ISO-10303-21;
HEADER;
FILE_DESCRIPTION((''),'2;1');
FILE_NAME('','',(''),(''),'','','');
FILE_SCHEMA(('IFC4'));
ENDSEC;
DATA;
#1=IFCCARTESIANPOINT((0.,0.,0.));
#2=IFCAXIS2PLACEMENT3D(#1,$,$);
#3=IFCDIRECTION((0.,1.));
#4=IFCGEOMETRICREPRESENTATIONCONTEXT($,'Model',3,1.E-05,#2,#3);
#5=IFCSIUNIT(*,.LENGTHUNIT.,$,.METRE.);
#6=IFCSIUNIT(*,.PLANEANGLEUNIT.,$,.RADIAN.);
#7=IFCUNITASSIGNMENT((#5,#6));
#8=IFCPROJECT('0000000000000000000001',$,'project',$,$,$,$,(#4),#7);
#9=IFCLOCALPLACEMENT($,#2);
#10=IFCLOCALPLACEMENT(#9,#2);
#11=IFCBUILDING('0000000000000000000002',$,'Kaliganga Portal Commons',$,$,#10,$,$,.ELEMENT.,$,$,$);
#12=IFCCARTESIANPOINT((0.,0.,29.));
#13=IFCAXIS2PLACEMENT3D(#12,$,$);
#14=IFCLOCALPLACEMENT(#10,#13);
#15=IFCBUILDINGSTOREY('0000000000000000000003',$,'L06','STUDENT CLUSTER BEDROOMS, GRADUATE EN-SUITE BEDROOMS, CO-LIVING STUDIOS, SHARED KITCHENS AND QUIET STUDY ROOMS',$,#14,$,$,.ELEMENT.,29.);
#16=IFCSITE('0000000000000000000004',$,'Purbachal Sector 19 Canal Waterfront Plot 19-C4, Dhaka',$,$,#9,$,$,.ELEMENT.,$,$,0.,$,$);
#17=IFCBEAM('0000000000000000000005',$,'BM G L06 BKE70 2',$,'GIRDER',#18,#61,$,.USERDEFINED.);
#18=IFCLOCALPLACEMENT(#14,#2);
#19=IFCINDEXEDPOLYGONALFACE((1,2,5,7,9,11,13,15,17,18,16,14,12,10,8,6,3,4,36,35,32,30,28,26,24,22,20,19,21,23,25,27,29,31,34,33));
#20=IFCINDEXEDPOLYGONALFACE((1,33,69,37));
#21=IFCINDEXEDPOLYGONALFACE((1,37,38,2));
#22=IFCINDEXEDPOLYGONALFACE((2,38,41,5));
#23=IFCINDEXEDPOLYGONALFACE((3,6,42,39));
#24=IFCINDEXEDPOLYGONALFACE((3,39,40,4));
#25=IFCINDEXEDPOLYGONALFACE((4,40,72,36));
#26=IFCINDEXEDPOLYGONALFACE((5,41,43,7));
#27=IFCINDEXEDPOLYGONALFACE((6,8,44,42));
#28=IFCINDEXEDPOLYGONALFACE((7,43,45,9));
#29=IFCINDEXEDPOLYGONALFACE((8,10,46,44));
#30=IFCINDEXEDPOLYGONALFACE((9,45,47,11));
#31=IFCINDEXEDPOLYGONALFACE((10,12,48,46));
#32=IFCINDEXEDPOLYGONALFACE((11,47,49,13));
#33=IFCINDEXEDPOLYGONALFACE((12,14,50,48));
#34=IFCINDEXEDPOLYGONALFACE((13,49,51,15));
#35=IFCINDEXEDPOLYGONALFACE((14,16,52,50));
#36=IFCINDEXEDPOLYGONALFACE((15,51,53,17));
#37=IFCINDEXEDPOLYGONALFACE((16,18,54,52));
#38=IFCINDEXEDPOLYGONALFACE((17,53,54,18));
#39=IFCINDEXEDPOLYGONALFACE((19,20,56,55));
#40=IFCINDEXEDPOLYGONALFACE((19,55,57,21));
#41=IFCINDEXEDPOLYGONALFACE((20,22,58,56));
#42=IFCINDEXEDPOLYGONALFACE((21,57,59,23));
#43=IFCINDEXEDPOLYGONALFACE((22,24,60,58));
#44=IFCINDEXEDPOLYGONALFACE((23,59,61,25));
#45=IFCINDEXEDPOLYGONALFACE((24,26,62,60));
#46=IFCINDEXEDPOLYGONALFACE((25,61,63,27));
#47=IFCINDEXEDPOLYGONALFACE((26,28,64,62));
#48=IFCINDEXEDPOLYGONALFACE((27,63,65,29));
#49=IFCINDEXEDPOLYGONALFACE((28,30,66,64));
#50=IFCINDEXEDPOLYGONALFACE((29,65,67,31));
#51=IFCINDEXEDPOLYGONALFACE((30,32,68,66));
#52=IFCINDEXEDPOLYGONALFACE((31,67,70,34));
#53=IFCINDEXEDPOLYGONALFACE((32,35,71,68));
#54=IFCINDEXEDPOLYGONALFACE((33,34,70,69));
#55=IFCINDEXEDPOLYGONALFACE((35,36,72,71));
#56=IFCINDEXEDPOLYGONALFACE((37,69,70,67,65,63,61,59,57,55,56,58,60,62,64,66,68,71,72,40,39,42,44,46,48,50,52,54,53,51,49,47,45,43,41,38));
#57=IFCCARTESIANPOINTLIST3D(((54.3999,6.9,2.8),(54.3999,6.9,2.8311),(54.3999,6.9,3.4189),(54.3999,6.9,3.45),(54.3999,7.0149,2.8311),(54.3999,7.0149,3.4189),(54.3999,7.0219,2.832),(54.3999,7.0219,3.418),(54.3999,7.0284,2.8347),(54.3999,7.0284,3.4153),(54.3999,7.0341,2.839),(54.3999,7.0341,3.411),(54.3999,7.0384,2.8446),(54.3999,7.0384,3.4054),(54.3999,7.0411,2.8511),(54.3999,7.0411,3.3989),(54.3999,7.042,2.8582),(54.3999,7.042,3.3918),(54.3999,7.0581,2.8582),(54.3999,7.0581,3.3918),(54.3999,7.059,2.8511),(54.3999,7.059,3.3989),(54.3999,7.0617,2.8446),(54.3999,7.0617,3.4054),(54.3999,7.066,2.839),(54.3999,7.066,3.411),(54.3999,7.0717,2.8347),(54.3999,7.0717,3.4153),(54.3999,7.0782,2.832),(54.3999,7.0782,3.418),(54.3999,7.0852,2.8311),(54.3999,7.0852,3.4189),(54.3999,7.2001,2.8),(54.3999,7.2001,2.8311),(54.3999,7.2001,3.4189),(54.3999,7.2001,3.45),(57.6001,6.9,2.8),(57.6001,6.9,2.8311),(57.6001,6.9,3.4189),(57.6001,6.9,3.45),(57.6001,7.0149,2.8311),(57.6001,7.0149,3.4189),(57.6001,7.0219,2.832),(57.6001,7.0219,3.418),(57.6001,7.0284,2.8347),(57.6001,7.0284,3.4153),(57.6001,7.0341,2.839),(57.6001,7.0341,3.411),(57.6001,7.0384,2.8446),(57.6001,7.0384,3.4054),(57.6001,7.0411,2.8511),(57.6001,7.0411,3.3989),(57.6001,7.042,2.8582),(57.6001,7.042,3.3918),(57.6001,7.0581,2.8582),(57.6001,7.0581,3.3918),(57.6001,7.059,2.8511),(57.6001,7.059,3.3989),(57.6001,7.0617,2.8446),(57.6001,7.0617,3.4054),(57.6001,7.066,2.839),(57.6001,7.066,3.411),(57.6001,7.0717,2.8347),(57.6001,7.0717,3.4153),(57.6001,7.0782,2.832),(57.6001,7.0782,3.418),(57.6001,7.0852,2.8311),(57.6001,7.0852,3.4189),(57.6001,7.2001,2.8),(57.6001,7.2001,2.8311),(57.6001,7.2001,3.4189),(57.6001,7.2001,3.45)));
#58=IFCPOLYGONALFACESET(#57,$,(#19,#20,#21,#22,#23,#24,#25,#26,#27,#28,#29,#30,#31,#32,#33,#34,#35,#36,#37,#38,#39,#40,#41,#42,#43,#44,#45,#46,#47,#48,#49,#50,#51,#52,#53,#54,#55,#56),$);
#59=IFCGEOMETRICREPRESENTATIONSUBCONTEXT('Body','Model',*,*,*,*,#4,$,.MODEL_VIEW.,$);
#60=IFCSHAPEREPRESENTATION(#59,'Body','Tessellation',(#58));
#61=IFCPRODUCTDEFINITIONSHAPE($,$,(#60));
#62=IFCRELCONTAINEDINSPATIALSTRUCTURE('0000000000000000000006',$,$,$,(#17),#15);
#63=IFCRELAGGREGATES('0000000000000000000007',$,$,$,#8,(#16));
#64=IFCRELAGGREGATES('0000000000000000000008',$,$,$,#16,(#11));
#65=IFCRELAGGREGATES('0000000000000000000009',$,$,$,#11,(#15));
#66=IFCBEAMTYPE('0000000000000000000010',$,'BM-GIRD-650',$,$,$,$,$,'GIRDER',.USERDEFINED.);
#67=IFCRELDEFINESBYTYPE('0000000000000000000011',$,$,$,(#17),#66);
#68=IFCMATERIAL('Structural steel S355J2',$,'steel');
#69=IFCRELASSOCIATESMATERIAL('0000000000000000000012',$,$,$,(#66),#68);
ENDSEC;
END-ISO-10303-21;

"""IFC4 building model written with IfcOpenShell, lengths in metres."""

from ifc_helpers import new_model, si_unit, direction, frame, origin, origin_2d, place, context, subcontext, project, spatial, i_section, extrude, source, transform, mapped, material, material_profile, profile_set, type_object, element, save


model = new_model("IFC4")

# Units and contexts
model_context = context("Model", 3, precision=1e-05, world=origin(), true_north=direction((0.0, 1.0)))
body_context = subcontext(model_context, "Body", "Model", "MODEL_VIEW")
ifc_project = project(units=[si_unit("LENGTHUNIT", "METRE"), si_unit("PLANEANGLEUNIT", "RADIAN")], contexts=[model_context])

# Site, building, storey
site_placement = place(None, origin())
site = spatial("IfcSite", under=ifc_project, at=site_placement, Name="Purbachal Sector 19 Canal Waterfront Plot 19-C4, Dhaka", CompositionType="ELEMENT", RefElevation=0.0)
building_placement = place(site_placement, origin())
building = spatial("IfcBuilding", under=site, at=building_placement, Name="Kaliganga Portal Commons", CompositionType="ELEMENT")
storey_placement = place(building_placement, frame((0.0, 0.0, 29.0)))
storey = spatial("IfcBuildingStorey", under=building, at=storey_placement, Name="L06", Description="STUDENT CLUSTER BEDROOMS, GRADUATE EN-SUITE BEDROOMS, CO-LIVING STUDIOS, SHARED KITCHENS AND QUIET STUDY ROOMS", CompositionType="ELEMENT", Elevation=29.0)

# Beam
ifc_material_1 = material(Name="Structural steel S355J2", Category="steel")
ifc_material_profile_1 = material_profile(ifc_material_1, i_section(OverallWidth=0.3, OverallDepth=0.6499, WebThickness=0.0161, FlangeThickness=0.031, FilletRadius=0.0271, at=origin_2d()), Name="HE 650 B")
ifc_profile_set_1 = profile_set([ifc_material_profile_1], Name="Structural steel S355J2 wide-flange")
beam_type_1 = type_object("IfcBeamType", Name="BM-GIRD-650", ElementType="GIRDER", PredefinedType="USERDEFINED", material=ifc_profile_set_1)
shared_shape_1 = source(origin(), body_context, "Body", "SweptSolid", [
    extrude(i_section(OverallWidth=0.3, OverallDepth=0.6499, WebThickness=0.0161, FlangeThickness=0.031, FilletRadius=0.0271, at=origin_2d()), origin(), (0.0, 0.0, 1.0), 3.2002),
])
beam_1_placement = place(storey_placement, frame((54.3999, 7.05, 3.125), z_axis=(1.0, 0.0, 0.0), x_axis=(0.0, 1.0, 0.0)))
element("IfcBeam", 1, at=beam_1_placement, inside=storey, type_object=beam_type_1, Name="BM G L06 BKE70 2", ObjectType="GIRDER", PredefinedType="USERDEFINED", context=body_context, shape_type="MappedRepresentation", body=[
    mapped(shared_shape_1, transform((0.0, 0.0, 0.0), x_axis=(1.0, 0.0, 0.0), y_axis=(0.0, 1.0, 0.0), z_axis=(0.0, 0.0, 1.0), scale=1.0)),
])

save(model, "model.ifc")
